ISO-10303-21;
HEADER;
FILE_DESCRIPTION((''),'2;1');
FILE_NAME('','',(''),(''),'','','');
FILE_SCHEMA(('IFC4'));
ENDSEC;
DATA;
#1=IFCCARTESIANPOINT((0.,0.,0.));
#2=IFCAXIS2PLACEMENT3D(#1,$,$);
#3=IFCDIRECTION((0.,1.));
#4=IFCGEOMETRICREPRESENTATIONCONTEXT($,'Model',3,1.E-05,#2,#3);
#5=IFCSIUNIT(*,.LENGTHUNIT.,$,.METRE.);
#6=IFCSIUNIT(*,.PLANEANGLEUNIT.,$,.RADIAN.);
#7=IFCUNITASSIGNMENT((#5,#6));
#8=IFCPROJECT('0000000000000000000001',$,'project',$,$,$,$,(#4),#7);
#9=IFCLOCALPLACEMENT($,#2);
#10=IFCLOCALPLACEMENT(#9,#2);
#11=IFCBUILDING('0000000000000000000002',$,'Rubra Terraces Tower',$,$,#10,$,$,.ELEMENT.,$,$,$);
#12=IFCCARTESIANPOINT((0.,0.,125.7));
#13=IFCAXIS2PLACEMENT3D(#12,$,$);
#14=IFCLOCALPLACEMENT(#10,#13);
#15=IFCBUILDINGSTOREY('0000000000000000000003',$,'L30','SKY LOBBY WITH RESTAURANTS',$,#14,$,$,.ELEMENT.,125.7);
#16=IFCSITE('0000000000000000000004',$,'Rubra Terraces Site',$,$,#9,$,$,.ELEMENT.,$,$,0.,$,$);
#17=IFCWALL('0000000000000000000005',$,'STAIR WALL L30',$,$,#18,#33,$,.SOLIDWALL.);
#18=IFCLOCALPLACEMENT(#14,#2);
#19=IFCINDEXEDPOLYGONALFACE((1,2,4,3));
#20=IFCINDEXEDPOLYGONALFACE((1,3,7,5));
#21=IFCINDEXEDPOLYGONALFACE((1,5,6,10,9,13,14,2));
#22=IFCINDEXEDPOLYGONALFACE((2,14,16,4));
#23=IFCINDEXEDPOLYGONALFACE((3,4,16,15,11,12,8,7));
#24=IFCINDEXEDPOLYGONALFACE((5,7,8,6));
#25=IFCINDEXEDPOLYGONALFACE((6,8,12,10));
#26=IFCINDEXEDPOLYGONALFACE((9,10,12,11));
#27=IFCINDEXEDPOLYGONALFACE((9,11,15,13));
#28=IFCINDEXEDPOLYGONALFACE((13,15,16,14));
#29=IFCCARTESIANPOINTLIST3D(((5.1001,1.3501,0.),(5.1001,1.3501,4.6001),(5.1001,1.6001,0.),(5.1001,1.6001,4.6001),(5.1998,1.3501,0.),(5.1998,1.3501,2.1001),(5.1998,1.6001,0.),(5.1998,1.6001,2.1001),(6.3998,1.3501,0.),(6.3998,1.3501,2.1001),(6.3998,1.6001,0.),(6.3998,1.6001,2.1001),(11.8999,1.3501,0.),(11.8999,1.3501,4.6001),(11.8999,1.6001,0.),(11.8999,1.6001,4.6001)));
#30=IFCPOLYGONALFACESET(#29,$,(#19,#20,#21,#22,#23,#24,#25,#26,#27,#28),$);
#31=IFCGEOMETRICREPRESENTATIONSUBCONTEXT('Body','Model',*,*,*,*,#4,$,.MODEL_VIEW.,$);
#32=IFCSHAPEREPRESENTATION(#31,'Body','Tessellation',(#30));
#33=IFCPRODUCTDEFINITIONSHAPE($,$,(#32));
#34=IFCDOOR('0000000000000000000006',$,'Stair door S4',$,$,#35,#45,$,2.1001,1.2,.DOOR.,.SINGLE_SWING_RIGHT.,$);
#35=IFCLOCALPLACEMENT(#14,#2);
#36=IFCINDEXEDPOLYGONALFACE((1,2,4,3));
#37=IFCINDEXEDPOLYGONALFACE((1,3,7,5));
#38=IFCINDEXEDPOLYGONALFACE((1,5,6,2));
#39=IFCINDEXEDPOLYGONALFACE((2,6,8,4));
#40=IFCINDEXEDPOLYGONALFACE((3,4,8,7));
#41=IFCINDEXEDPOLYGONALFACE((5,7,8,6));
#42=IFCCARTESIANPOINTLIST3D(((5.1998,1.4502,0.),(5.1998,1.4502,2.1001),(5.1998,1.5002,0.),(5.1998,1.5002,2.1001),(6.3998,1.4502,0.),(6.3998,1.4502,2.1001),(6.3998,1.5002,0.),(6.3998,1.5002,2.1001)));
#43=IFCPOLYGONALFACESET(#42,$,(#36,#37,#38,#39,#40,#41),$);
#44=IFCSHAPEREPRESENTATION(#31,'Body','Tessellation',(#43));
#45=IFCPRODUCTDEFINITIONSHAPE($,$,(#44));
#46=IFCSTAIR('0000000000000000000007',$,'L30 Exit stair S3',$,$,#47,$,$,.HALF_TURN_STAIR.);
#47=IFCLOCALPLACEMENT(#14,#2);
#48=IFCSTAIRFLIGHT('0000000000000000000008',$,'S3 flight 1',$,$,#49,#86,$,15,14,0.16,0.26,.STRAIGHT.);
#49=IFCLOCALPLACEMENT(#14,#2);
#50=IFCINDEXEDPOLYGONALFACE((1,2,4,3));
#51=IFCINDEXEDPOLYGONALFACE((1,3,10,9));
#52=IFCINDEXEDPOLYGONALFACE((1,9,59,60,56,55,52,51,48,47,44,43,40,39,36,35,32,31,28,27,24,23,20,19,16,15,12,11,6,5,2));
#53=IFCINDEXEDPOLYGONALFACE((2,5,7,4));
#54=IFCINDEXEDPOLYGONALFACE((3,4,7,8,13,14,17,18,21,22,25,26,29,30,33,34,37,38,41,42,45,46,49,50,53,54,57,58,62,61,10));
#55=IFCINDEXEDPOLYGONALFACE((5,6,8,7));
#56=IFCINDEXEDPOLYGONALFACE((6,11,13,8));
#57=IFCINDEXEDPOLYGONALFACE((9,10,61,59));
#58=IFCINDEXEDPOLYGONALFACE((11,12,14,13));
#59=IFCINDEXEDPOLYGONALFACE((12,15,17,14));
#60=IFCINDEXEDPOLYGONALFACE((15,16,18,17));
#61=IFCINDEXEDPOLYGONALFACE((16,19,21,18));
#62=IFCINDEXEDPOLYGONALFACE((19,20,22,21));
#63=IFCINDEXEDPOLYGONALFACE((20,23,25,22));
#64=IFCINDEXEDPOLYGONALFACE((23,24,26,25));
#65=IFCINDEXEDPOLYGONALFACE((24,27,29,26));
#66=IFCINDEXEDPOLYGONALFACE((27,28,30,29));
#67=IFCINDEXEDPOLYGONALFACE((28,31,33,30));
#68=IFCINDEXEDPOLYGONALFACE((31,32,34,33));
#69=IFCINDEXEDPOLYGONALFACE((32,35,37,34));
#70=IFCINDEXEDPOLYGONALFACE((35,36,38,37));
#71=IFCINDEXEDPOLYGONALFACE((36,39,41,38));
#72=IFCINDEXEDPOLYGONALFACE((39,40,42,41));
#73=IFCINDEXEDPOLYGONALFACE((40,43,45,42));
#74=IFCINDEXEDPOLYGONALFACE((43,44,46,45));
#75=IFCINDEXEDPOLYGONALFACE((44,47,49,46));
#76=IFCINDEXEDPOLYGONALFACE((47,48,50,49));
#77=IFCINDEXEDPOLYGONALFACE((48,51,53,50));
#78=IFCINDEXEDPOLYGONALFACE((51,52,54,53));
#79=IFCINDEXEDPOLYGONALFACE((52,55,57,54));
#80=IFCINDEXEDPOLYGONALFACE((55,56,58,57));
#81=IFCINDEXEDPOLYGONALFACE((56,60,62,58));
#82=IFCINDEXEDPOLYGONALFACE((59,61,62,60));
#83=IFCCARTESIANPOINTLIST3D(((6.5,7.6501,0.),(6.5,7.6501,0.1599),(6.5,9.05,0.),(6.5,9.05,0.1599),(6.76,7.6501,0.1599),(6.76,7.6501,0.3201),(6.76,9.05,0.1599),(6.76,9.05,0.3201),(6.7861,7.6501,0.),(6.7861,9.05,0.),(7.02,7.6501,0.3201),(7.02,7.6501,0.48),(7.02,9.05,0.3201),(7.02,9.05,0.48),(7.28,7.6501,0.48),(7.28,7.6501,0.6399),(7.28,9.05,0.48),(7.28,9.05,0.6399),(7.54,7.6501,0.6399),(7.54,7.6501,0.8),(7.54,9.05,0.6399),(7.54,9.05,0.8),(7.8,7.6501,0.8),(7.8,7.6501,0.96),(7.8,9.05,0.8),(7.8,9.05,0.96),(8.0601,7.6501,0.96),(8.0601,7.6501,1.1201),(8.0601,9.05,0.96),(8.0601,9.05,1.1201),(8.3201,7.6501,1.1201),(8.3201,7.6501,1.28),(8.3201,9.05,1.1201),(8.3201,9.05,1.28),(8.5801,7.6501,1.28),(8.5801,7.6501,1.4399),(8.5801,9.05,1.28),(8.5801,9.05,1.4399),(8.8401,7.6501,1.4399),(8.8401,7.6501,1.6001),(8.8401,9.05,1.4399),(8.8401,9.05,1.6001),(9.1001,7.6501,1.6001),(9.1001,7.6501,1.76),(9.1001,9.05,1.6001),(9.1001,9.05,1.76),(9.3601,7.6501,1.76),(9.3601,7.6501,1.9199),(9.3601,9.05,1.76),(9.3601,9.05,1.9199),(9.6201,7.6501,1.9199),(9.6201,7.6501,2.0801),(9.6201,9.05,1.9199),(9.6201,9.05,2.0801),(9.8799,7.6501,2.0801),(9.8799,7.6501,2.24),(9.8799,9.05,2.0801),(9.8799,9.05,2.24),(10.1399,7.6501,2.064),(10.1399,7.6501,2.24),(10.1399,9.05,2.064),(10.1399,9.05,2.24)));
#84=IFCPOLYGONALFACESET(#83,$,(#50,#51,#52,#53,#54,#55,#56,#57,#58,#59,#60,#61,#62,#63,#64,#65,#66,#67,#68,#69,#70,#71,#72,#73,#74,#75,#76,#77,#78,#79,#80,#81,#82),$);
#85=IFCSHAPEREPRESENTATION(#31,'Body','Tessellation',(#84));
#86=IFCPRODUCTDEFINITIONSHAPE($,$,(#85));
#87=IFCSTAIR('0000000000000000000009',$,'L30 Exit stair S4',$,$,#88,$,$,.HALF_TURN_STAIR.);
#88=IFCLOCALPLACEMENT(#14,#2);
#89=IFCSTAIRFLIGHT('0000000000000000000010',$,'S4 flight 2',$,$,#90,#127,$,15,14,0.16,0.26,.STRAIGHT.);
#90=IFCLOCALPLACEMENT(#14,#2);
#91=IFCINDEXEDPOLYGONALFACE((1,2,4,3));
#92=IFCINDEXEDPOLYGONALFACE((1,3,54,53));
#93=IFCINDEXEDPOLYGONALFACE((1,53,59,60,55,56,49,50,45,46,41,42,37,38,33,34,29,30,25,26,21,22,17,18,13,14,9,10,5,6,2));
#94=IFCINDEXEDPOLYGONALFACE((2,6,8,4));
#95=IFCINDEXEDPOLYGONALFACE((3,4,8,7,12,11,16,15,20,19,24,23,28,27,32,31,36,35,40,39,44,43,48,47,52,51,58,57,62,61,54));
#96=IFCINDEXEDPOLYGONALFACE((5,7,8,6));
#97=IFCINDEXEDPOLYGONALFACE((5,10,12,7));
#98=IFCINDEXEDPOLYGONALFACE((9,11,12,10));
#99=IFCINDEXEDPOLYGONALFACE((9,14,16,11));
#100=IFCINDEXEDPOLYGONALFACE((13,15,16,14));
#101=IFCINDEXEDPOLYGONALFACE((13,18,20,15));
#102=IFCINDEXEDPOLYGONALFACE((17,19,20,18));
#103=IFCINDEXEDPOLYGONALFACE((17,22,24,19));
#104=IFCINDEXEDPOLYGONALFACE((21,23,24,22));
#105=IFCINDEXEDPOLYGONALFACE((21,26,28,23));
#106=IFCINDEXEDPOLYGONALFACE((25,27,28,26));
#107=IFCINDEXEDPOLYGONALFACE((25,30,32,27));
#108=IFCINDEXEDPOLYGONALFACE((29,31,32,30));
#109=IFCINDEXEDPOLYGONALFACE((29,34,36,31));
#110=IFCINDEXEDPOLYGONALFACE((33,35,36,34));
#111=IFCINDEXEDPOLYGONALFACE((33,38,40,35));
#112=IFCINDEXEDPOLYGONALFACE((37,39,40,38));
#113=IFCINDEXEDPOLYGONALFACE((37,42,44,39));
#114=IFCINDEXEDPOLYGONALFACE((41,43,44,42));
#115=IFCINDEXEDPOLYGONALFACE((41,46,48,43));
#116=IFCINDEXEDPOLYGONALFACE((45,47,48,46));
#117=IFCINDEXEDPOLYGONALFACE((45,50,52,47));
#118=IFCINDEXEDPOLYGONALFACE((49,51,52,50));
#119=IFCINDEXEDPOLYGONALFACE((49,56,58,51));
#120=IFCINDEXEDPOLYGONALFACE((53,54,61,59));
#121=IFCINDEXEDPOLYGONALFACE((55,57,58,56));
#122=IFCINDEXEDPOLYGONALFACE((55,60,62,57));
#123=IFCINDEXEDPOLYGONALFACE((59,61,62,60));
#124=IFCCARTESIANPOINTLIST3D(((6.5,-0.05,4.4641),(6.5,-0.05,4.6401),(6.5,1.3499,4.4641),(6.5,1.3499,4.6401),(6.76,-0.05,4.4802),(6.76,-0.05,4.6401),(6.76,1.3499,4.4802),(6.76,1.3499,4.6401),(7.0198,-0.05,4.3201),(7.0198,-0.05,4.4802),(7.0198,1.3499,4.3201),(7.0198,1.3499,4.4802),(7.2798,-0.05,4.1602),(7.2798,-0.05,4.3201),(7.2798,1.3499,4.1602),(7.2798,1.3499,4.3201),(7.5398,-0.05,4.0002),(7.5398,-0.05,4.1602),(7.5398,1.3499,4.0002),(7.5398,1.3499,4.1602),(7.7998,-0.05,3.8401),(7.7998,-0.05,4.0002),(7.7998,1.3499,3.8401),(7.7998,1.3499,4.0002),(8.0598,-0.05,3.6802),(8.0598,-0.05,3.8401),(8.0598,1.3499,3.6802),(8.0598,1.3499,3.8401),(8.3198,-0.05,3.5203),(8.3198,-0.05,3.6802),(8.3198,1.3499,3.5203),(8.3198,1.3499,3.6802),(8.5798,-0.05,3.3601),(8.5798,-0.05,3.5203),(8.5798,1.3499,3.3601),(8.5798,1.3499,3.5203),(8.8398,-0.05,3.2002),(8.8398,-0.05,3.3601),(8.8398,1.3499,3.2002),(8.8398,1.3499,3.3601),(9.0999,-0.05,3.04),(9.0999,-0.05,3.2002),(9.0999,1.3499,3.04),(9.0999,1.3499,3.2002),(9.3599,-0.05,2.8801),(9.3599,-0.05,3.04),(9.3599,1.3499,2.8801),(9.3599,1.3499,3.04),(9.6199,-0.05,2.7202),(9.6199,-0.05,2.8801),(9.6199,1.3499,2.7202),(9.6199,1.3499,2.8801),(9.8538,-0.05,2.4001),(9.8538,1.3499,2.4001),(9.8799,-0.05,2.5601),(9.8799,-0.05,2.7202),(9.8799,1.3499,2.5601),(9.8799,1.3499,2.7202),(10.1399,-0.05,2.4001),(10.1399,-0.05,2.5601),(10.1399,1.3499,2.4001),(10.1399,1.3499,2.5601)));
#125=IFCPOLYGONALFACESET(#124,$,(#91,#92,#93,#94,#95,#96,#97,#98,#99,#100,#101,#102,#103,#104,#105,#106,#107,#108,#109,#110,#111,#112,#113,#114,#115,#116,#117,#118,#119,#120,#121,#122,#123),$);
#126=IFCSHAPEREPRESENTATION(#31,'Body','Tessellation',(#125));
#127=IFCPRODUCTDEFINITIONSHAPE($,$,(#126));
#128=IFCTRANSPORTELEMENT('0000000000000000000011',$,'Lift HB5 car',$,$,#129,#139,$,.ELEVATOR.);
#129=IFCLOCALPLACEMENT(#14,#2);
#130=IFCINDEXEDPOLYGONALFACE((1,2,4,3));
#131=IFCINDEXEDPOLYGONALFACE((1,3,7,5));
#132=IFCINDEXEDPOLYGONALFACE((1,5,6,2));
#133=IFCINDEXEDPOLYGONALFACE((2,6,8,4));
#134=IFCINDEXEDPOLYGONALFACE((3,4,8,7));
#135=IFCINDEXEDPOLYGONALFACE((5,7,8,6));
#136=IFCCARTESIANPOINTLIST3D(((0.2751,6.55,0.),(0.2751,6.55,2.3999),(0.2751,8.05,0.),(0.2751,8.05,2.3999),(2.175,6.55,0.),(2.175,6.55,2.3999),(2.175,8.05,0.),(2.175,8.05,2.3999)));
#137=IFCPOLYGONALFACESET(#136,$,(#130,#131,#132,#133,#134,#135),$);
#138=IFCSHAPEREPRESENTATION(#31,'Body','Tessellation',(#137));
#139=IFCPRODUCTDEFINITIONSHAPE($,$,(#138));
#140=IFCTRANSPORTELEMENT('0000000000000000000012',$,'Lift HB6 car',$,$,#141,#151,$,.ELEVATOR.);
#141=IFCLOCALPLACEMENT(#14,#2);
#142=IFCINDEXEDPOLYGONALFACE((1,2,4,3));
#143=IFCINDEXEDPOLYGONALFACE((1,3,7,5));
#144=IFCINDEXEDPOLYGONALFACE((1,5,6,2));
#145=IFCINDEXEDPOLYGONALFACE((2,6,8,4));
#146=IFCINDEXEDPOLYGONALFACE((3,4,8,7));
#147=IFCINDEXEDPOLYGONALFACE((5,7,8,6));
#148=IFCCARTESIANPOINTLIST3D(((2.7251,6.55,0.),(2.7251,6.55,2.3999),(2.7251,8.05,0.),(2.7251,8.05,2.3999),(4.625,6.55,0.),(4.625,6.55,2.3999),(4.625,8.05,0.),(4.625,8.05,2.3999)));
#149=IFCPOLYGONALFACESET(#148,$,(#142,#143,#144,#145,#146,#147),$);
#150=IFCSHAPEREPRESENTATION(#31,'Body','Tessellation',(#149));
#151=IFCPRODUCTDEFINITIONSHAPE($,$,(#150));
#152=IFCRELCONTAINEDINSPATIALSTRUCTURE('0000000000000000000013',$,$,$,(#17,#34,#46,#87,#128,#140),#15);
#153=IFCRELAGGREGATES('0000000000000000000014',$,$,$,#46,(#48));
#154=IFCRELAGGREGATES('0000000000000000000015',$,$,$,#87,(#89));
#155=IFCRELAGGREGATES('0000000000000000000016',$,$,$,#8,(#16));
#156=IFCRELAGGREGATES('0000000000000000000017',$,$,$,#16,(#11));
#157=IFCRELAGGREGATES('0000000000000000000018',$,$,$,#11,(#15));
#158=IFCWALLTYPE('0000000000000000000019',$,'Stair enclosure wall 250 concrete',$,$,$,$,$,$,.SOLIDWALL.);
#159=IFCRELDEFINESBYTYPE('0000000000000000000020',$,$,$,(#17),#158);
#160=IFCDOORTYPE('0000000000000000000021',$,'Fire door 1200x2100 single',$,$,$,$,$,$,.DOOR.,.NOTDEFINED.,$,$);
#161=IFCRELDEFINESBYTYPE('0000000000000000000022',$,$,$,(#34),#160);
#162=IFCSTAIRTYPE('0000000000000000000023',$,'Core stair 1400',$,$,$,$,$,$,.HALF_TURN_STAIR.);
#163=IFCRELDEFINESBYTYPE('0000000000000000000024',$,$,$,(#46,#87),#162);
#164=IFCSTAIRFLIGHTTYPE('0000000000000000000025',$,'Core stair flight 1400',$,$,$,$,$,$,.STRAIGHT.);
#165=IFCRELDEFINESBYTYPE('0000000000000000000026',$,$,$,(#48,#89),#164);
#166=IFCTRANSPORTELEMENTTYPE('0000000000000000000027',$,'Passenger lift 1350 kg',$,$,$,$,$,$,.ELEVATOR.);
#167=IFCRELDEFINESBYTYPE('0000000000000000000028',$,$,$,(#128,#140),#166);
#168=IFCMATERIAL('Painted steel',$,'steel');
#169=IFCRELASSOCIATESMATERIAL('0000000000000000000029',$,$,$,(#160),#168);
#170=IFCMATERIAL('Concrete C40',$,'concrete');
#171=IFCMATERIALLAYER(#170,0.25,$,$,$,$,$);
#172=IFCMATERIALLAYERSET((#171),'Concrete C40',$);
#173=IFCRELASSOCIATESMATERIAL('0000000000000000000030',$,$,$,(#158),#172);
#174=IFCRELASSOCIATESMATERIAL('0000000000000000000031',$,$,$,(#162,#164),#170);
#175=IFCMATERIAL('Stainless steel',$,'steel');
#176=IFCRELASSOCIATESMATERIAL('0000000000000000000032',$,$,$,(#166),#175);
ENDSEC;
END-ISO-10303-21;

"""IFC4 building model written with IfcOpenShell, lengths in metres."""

from ifc_helpers import new_model, si_unit, direction, frame, frame_2d, origin, origin_2d, place, context, subcontext, project, spatial, polyline, rectangle, outline, extrude, material, layer, layer_set, type_object, element, fill, aggregate, save


model = new_model("IFC4")

# Units and contexts
model_context = context("Model", 3, precision=1e-05, world=origin(), true_north=direction((0.0, 1.0)))
body_context = subcontext(model_context, "Body", "Model", "MODEL_VIEW")
ifc_project = project(units=[si_unit("LENGTHUNIT", "METRE"), si_unit("PLANEANGLEUNIT", "RADIAN")], contexts=[model_context])

# Site, building, storey
site_placement = place(None, origin())
site = spatial("IfcSite", under=ifc_project, at=site_placement, Name="Rubra Terraces Site", CompositionType="ELEMENT", RefElevation=0.0)
building_placement = place(site_placement, origin())
building = spatial("IfcBuilding", under=site, at=building_placement, Name="Rubra Terraces Tower", CompositionType="ELEMENT")
storey_placement = place(building_placement, frame((0.0, 0.0, 125.7)))
storey = spatial("IfcBuildingStorey", under=building, at=storey_placement, Name="L30", Description="SKY LOBBY WITH RESTAURANTS", CompositionType="ELEMENT", Elevation=125.7)

# Shared definitions
ifc_material_1 = material(Name="Concrete C40", Category="concrete")

# Shared definitions
ifc_material_2 = material(Name="Painted steel", Category="steel")
door_type_1 = type_object("IfcDoorType", Name="Fire door 1200x2100 single", OperationType="NOTDEFINED", PredefinedType="DOOR", material=ifc_material_2)
ifc_material_3 = material(Name="Stainless steel", Category="steel")

# Wall, opening, door
ifc_layer_1 = layer(ifc_material_1, 0.25)
ifc_layer_set_1 = layer_set([ifc_layer_1], Name="Concrete C40")
wall_type_1 = type_object("IfcWallType", Name="Stair enclosure wall 250 concrete", PredefinedType="SOLIDWALL", material=ifc_layer_set_1)
wall_1_placement = place(storey_placement, frame((11.8999, 1.4751, 0.0), z_axis=(0.0, 0.0, 1.0), x_axis=(-1.0, 0.0, 0.0)))
wall_1 = element("IfcWall", 1, at=wall_1_placement, inside=storey, type_object=wall_type_1, Name="STAIR WALL L30", PredefinedType="SOLIDWALL", context=body_context, shape_type="SweptSolid", body=[
    extrude(rectangle(XDim=6.7998, YDim=0.25, at=frame_2d((3.3999, 0.0))), origin(), (0.0, 0.0, 1.0), 4.6001),
])
opening_1_placement = place(wall_1_placement, frame((5.5, 0.0, 0.0)))
opening_1 = element("IfcOpeningElement", 2, at=opening_1_placement, cuts=wall_1, PredefinedType="OPENING", context=body_context, shape_type="SweptSolid", body=[
    extrude(rectangle(XDim=1.2, YDim=2.1001, at=frame_2d((0.6001, 1.05))), frame((0.0, 0.135, 0.0), z_axis=(0.0, -1.0, 0.0), x_axis=(1.0, 0.0, 0.0)), (0.0, 0.0, 1.0), 0.27),
])
door_1_placement = place(opening_1_placement, origin())
door_1 = element("IfcDoor", 3, at=door_1_placement, inside=storey, type_object=door_type_1, Name="Stair door S4", OperationType="SINGLE_SWING_RIGHT", OverallHeight=2.1001, OverallWidth=1.2, PredefinedType="DOOR", context=body_context, shape_type="SweptSolid", body=[
    extrude(rectangle(XDim=1.2, YDim=2.1001, at=frame_2d((0.6001, 1.05))), frame((0.0, 0.0249, 0.0), z_axis=(0.0, -1.0, 0.0), x_axis=(1.0, 0.0, 0.0)), (0.0, 0.0, 1.0), 0.05),
])
fill(opening_1, door_1)

# Stairs, stair flights
stair_type = type_object("IfcStairType", Name="Core stair 1400", PredefinedType="HALF_TURN_STAIR", material=ifc_material_1)
stair_1_placement = place(storey_placement, origin())
stair_1 = element("IfcStair", 4, at=stair_1_placement, inside=storey, type_object=stair_type, Name="L30 Exit stair S3", PredefinedType="HALF_TURN_STAIR")
stair_flight_type = type_object("IfcStairFlightType", Name="Core stair flight 1400", PredefinedType="STRAIGHT", material=ifc_material_1)
stair_flight_1_placement = place(storey_placement, frame((6.5, 8.3501, 0.0), z_axis=(0.0, 0.0, 1.0), x_axis=(1.0, 0.0, 0.0)))
stair_flight_1 = element("IfcStairFlight", 5, at=stair_flight_1_placement, type_object=stair_flight_type, Name="S3 flight 1", NumberOfRisers=15, NumberOfTreads=14, PredefinedType="STRAIGHT", RiserHeight=0.16, TreadLength=0.26, context=body_context, shape_type="SweptSolid", body=[
    extrude(outline(polyline([(0.0, 0.0), (0.0, 0.1599), (0.26, 0.1599), (0.26, 0.3201), (0.52, 0.3201), (0.52, 0.48), (0.78, 0.48), (0.78, 0.6399), (1.04, 0.6399), (1.04, 0.8), (1.3, 0.8), (1.3, 0.96), (1.5601, 0.96), (1.5601, 1.1201), (1.8201, 1.1201), (1.8201, 1.28), (2.0801, 1.28), (2.0801, 1.4399), (2.3401, 1.4399), (2.3401, 1.6001), (2.6001, 1.6001), (2.6001, 1.76), (2.8601, 1.76), (2.8601, 1.9199), (3.1201, 1.9199), (3.1201, 2.0801), (3.3799, 2.0801), (3.3799, 2.24), (3.6399, 2.24), (3.6399, 2.3999), (3.6399, 2.064), (0.2861, 0.0), (0.0, 0.0)])), frame((0.0, 0.7, 0.0), z_axis=(0.0, -1.0, 0.0), x_axis=(1.0, 0.0, 0.0)), (0.0, 0.0, 1.0), 1.3999),
])
aggregate(stair_1, [stair_flight_1])
stair_2_placement = place(storey_placement, origin())
stair_2 = element("IfcStair", 6, at=stair_2_placement, inside=storey, type_object=stair_type, Name="L30 Exit stair S4", PredefinedType="HALF_TURN_STAIR")
stair_flight_2_placement = place(storey_placement, frame((10.1399, 0.6499, 2.4001), z_axis=(0.0, 0.0, 1.0), x_axis=(-1.0, 0.0, 0.0)))
stair_flight_2 = element("IfcStairFlight", 7, at=stair_flight_2_placement, type_object=stair_flight_type, Name="S4 flight 2", NumberOfRisers=15, NumberOfTreads=14, PredefinedType="STRAIGHT", RiserHeight=0.16, TreadLength=0.26, context=body_context, shape_type="SweptSolid", body=[
    extrude(outline(polyline([(0.0, 0.0), (0.0, 0.1599), (0.26, 0.1599), (0.26, 0.3201), (0.52, 0.3201), (0.52, 0.48), (0.78, 0.48), (0.78, 0.6399), (1.04, 0.6399), (1.04, 0.8), (1.3, 0.8), (1.3, 0.96), (1.5601, 0.96), (1.5601, 1.1201), (1.8201, 1.1201), (1.8201, 1.28), (2.0801, 1.28), (2.0801, 1.4399), (2.3401, 1.4399), (2.3401, 1.6001), (2.6001, 1.6001), (2.6001, 1.76), (2.8601, 1.76), (2.8601, 1.9199), (3.1201, 1.9199), (3.1201, 2.0801), (3.3799, 2.0801), (3.3799, 2.24), (3.6399, 2.24), (3.6399, 2.3999), (3.6399, 2.064), (0.2861, 0.0), (0.0, 0.0)])), frame((0.0, 0.7, 0.0), z_axis=(0.0, -1.0, 0.0), x_axis=(1.0, 0.0, 0.0)), (0.0, 0.0, 1.0), 1.3999),
])
aggregate(stair_2, [stair_flight_2])

# Transport elements
transport_element_type = type_object("IfcTransportElementType", Name="Passenger lift 1350 kg", PredefinedType="ELEVATOR", material=ifc_material_3)
for number, where, z_axis, x_axis, name in (
    (8, (1.2251, 7.3, 0.0), (0.0, 0.0, 1.0), (1.0, 0.0, 0.0), "Lift HB5 car"),
    (9, (3.675, 7.3, 0.0), (0.0, 0.0, 1.0), (1.0, 0.0, 0.0), "Lift HB6 car"),
):
    element("IfcTransportElement", number, at=place(storey_placement, frame(where, z_axis=z_axis, x_axis=x_axis)), inside=storey, type_object=transport_element_type, Name=name, PredefinedType="ELEVATOR", context=body_context, shape_type="SweptSolid", body=[
        extrude(rectangle(XDim=1.8999, YDim=1.5, at=origin_2d()), origin(), (0.0, 0.0, 1.0), 2.3999),
    ])

save(model, "model.ifc")
